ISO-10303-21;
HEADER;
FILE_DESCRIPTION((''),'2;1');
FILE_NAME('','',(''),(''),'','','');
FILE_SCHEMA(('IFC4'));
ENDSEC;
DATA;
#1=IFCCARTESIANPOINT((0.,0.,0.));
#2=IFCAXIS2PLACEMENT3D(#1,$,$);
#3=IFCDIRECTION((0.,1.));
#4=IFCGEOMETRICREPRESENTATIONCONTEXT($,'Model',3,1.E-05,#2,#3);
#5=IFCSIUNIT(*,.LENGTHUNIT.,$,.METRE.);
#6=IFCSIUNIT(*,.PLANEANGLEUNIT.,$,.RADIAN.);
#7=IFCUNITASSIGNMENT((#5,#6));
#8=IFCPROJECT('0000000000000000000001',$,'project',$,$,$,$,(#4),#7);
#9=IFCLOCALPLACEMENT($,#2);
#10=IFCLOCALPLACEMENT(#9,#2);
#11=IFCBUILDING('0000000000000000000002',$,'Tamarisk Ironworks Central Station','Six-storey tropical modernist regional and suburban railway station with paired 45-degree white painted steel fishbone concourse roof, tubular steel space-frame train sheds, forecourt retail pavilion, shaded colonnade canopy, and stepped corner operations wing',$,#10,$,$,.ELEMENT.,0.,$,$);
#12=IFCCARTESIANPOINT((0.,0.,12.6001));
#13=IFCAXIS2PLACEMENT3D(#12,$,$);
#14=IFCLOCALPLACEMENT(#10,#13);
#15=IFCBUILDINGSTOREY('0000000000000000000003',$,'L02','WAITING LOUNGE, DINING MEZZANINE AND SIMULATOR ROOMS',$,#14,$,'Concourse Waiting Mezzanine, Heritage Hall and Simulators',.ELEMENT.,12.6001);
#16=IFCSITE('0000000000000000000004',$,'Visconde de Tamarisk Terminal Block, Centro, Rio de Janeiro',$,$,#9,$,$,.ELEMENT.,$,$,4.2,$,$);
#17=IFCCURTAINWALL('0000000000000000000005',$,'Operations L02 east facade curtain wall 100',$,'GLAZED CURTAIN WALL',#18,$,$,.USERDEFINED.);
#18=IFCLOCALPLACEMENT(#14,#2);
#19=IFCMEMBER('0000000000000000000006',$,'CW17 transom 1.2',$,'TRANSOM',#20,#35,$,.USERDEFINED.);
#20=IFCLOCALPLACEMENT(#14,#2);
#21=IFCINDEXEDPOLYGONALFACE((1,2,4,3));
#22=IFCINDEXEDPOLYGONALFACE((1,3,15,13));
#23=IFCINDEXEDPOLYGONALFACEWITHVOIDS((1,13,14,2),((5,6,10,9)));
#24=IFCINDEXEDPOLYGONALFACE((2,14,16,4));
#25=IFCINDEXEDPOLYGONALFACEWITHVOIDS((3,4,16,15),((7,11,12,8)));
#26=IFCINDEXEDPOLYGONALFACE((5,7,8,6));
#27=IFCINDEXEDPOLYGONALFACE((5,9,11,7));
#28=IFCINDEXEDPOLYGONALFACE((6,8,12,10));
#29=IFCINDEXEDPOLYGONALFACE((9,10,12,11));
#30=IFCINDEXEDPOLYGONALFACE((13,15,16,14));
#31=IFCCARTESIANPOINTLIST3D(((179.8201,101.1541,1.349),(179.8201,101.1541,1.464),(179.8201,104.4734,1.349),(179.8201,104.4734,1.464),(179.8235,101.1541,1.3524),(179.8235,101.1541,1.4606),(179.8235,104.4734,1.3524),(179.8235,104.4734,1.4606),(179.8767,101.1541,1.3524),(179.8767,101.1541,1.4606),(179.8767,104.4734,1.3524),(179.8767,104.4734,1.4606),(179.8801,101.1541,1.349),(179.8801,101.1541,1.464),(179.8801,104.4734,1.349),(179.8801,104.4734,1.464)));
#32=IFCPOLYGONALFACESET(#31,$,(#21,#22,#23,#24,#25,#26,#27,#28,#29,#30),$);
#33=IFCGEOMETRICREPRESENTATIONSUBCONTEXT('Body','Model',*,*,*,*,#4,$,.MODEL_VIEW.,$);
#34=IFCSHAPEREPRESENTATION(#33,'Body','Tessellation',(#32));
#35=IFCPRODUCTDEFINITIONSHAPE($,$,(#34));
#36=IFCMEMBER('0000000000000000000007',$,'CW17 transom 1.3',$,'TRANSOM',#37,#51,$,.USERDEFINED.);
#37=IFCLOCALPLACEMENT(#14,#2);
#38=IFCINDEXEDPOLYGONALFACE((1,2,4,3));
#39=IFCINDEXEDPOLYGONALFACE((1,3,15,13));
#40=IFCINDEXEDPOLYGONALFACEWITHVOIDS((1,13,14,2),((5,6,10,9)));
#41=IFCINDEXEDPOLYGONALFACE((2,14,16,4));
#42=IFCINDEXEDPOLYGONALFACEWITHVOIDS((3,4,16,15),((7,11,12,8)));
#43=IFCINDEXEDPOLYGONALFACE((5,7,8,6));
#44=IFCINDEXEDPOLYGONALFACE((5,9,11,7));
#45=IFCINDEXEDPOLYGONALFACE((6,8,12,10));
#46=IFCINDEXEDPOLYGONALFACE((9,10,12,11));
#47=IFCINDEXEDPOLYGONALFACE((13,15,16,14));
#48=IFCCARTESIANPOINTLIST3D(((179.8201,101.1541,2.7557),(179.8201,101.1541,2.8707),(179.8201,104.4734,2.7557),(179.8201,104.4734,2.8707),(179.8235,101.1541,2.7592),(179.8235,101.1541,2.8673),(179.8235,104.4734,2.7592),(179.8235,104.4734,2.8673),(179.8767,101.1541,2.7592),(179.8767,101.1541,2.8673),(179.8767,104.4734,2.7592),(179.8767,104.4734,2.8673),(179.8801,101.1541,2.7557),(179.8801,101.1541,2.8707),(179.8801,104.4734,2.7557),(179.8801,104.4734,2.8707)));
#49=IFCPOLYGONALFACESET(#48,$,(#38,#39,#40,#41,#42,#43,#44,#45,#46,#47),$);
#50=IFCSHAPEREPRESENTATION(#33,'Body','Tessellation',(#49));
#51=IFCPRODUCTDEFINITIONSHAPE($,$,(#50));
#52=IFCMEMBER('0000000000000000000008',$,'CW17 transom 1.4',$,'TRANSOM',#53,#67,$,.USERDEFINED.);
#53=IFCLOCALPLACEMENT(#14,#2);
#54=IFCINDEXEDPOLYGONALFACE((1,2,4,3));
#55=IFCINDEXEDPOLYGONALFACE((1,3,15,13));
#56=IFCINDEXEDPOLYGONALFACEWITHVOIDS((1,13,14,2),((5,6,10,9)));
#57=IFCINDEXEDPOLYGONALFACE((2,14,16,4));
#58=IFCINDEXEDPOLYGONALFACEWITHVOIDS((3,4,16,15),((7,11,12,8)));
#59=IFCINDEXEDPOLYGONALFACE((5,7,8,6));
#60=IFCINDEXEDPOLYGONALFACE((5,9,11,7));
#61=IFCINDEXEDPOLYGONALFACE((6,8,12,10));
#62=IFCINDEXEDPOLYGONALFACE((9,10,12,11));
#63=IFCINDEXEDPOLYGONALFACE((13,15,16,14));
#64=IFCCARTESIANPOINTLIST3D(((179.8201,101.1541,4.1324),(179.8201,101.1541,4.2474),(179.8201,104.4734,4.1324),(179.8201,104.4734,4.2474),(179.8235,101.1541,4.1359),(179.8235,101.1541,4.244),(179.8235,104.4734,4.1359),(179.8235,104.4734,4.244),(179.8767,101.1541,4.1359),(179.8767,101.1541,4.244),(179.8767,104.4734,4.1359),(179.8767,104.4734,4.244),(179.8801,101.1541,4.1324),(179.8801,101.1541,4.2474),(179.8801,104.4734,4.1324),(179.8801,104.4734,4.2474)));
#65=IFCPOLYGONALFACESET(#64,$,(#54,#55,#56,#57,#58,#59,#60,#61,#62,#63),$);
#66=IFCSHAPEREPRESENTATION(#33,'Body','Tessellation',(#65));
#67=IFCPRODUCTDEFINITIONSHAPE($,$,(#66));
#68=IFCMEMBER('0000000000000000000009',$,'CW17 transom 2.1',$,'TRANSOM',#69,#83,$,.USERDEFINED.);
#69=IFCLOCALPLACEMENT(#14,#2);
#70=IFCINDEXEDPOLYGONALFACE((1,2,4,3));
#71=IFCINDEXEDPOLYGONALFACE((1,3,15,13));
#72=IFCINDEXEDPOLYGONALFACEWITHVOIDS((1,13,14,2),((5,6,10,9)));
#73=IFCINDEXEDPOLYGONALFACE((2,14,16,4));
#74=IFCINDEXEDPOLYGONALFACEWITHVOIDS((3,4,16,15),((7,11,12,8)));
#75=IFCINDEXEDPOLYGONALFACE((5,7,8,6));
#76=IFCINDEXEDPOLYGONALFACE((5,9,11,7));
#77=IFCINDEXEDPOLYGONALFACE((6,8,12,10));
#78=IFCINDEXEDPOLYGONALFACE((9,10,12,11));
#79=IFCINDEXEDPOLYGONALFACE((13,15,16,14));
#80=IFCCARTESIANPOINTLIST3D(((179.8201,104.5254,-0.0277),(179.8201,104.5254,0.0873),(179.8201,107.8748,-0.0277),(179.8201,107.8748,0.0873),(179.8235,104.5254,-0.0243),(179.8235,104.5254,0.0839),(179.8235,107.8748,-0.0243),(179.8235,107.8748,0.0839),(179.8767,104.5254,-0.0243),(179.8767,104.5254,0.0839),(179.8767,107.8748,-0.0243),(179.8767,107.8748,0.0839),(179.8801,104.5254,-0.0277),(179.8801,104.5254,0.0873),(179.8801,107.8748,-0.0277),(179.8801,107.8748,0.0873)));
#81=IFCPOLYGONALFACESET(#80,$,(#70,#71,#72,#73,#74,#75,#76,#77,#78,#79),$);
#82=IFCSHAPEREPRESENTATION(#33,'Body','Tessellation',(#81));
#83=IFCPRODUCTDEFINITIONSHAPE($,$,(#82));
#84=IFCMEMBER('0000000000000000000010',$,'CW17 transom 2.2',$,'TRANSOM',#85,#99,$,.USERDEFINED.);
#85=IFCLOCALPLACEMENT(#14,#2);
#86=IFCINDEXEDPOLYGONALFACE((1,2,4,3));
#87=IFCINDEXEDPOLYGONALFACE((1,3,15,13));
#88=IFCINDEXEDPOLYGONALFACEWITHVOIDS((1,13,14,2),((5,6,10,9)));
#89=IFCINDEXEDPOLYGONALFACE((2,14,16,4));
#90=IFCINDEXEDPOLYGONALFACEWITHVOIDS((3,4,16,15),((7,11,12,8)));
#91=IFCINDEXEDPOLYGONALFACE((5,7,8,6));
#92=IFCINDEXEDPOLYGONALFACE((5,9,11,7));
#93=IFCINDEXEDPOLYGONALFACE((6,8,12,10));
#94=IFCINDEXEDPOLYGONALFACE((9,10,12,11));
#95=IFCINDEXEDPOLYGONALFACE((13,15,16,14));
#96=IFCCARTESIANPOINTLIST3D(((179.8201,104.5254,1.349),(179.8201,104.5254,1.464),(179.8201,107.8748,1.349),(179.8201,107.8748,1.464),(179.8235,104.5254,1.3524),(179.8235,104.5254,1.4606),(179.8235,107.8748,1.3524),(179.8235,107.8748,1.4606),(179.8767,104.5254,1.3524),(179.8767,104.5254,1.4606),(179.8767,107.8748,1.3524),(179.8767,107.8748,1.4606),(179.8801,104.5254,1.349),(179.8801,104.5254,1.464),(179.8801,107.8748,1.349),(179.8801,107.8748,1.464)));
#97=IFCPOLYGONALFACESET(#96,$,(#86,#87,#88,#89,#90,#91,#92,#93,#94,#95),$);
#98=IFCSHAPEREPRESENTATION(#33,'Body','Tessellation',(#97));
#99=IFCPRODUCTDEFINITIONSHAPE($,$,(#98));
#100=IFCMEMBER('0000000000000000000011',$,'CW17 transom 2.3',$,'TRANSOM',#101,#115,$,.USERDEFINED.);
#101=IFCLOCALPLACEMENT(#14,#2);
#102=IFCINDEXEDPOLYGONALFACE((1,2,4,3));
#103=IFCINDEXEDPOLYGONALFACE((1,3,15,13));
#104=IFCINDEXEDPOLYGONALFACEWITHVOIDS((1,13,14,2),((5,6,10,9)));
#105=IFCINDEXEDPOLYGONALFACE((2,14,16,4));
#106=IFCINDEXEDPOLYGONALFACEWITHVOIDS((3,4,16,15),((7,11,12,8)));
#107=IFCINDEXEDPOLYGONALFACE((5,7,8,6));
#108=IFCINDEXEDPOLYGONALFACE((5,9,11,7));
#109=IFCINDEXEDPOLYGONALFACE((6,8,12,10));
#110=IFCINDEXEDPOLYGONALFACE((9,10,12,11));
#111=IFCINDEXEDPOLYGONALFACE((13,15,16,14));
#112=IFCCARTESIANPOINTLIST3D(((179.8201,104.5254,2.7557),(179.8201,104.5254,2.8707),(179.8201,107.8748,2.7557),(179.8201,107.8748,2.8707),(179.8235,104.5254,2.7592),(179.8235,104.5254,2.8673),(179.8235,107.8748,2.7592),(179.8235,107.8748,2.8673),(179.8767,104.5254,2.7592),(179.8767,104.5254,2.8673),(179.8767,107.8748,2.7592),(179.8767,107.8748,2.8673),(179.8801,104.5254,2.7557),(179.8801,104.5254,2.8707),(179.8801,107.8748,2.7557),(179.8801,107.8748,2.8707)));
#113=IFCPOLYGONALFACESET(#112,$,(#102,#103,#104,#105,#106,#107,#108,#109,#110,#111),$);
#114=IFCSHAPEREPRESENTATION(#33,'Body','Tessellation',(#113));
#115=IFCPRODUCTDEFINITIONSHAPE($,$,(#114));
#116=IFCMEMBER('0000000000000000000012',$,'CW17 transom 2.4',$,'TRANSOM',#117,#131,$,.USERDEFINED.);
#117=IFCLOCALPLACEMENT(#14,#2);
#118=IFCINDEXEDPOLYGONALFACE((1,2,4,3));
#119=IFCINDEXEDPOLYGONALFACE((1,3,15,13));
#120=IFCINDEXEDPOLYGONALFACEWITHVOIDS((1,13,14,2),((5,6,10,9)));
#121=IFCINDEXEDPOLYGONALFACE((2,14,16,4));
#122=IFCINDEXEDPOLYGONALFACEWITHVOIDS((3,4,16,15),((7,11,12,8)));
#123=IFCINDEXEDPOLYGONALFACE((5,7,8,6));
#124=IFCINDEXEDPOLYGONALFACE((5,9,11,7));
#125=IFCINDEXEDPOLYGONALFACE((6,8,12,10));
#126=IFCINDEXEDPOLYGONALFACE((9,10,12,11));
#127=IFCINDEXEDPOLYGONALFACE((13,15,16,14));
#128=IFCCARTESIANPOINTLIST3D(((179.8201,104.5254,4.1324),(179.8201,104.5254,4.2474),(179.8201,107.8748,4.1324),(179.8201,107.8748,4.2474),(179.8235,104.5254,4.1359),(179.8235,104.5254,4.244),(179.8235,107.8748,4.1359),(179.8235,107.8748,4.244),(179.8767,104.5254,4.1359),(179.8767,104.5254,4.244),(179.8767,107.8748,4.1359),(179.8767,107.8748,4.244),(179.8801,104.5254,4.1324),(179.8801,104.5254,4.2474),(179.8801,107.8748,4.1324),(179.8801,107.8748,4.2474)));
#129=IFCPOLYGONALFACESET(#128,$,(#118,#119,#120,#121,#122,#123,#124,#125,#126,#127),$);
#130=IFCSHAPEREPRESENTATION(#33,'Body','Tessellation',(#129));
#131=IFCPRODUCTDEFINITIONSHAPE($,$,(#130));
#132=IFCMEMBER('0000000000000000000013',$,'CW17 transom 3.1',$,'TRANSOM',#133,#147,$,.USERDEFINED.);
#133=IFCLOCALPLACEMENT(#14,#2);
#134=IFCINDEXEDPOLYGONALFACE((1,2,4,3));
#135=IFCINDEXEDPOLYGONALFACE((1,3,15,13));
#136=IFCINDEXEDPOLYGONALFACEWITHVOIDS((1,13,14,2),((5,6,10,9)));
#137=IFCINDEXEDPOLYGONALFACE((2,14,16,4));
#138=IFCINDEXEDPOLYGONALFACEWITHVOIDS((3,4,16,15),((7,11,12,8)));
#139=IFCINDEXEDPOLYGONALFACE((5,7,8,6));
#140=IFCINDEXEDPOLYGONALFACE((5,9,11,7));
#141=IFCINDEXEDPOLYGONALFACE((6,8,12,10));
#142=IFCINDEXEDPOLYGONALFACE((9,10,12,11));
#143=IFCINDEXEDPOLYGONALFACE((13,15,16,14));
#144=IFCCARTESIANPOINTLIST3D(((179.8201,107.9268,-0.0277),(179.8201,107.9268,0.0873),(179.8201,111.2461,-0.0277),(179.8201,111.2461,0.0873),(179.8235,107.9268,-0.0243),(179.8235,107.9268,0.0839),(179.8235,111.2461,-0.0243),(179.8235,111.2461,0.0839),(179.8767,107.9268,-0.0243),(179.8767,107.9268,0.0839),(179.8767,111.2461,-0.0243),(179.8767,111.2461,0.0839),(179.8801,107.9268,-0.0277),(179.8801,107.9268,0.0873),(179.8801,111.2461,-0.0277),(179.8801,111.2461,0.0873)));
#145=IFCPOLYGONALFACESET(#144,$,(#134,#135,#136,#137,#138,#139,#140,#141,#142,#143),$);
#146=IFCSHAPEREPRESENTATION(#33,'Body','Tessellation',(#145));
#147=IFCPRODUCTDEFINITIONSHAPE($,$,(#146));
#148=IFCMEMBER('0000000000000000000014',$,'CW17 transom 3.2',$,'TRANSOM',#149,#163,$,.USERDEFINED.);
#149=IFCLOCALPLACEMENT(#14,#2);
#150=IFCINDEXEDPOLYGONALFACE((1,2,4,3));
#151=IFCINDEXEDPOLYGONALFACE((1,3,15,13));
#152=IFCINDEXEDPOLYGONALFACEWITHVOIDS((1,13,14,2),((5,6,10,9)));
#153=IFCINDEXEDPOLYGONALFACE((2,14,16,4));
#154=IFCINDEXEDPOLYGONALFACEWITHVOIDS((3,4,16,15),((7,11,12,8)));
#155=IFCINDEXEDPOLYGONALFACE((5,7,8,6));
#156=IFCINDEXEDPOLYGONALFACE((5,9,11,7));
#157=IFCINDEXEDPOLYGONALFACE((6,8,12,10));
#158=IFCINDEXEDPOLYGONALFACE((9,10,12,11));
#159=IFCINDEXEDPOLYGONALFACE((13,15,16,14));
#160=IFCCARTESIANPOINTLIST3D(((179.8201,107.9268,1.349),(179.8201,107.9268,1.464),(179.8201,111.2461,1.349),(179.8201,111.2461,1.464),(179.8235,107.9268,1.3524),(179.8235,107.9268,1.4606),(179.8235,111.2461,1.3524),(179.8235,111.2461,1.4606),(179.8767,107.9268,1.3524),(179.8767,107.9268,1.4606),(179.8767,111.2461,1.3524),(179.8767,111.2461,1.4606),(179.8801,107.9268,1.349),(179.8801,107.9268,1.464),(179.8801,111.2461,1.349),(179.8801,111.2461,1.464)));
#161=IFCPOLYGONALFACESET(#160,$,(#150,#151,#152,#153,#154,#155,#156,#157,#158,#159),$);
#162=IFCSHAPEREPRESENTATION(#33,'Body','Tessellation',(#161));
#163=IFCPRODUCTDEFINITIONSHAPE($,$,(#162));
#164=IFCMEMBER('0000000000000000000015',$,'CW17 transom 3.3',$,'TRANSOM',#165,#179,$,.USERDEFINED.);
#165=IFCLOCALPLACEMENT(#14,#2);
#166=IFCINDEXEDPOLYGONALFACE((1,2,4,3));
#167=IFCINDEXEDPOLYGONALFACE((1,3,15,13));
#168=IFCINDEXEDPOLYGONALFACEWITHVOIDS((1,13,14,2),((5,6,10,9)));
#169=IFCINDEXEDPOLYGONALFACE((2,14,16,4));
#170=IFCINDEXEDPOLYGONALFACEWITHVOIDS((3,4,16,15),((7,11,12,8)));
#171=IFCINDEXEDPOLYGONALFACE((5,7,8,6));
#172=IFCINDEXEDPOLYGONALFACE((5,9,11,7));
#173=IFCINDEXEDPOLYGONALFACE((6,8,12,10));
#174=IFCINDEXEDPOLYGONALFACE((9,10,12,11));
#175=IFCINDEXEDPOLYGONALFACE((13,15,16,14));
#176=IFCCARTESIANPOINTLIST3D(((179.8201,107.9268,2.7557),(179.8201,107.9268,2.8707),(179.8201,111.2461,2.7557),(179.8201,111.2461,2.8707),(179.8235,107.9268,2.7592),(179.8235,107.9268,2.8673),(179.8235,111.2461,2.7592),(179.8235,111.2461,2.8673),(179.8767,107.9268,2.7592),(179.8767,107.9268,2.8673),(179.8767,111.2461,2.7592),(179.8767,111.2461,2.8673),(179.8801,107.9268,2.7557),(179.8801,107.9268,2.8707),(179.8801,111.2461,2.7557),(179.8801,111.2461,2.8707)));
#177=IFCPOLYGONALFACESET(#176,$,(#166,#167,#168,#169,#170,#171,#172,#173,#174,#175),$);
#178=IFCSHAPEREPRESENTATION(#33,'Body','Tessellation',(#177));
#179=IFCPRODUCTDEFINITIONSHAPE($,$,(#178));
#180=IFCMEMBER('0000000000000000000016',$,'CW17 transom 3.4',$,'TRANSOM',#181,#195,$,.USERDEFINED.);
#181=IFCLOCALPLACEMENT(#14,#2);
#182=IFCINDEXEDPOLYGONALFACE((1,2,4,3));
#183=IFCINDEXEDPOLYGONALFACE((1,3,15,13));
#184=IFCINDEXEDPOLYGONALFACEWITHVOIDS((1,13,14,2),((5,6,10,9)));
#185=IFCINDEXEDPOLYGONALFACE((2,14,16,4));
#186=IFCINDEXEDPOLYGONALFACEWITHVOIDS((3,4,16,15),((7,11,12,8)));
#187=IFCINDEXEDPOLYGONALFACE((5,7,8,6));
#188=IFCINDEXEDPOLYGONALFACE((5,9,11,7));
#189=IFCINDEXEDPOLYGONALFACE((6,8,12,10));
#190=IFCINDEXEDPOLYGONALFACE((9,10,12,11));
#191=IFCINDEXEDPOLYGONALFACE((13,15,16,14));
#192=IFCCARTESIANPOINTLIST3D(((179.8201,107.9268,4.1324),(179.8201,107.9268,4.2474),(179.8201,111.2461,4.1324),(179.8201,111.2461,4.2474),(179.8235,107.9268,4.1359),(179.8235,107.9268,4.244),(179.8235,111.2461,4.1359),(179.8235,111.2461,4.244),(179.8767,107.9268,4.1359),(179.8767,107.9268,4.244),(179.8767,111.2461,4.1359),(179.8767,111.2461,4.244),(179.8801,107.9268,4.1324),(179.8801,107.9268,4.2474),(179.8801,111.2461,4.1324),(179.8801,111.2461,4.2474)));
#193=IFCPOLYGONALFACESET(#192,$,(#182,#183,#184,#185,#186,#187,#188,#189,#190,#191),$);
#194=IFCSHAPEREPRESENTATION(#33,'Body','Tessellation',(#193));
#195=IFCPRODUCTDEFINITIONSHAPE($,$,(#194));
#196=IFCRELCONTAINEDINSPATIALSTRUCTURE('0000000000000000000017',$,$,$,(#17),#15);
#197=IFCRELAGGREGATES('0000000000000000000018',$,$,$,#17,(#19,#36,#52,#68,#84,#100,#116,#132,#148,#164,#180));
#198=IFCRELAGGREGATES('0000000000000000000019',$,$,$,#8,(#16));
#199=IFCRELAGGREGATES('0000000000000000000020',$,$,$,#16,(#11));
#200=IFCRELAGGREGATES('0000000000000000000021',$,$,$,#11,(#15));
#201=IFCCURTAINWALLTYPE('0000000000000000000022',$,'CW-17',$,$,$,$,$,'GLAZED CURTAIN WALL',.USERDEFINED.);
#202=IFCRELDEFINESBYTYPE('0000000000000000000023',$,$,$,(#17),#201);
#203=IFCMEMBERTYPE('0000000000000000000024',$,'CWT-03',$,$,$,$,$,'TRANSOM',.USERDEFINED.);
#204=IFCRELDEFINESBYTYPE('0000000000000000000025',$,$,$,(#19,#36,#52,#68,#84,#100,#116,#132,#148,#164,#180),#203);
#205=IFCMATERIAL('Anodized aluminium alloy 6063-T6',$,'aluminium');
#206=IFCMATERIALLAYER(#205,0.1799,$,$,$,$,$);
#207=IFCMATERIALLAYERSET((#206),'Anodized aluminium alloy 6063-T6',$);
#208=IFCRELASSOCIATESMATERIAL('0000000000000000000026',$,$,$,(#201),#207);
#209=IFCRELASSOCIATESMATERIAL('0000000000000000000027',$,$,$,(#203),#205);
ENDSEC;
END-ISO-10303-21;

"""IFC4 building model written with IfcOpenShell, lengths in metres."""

from ifc_helpers import new_model, si_unit, direction, frame, origin, origin_2d, place, context, subcontext, project, spatial, hollow_rectangle, extrude, material, layer, layer_set, material_profile, profile_set, type_object, element, aggregate, save


model = new_model("IFC4")

# Units and contexts
model_context = context("Model", 3, precision=1e-05, world=origin(), true_north=direction((0.0, 1.0)))
body_context = subcontext(model_context, "Body", "Model", "MODEL_VIEW")
ifc_project = project(units=[si_unit("LENGTHUNIT", "METRE"), si_unit("PLANEANGLEUNIT", "RADIAN")], contexts=[model_context])

# Site, building, storey
site_placement = place(None, origin())
site = spatial("IfcSite", under=ifc_project, at=site_placement, Name="Visconde de Tamarisk Terminal Block, Centro, Rio de Janeiro", CompositionType="ELEMENT", RefElevation=4.2)
building_placement = place(site_placement, origin())
building = spatial("IfcBuilding", under=site, at=building_placement, Name="Tamarisk Ironworks Central Station", Description="Six-storey tropical modernist regional and suburban railway station with paired 45-degree white painted steel fishbone concourse roof, tubular steel space-frame train sheds, forecourt retail pavilion, shaded colonnade canopy, and stepped corner operations wing", CompositionType="ELEMENT", ElevationOfRefHeight=0.0)
storey_placement = place(building_placement, frame((0.0, 0.0, 12.6001)))
storey = spatial("IfcBuildingStorey", under=building, at=storey_placement, Name="L02", Description="WAITING LOUNGE, DINING MEZZANINE AND SIMULATOR ROOMS", LongName="Concourse Waiting Mezzanine, Heritage Hall and Simulators", CompositionType="ELEMENT", Elevation=12.6001)

# Shared definitions
ifc_material_1 = material(Name="Anodized aluminium alloy 6063-T6", Category="aluminium")
ifc_layer_1 = layer(ifc_material_1, 0.1799)
ifc_layer_set_1 = layer_set([ifc_layer_1], Name="Anodized aluminium alloy 6063-T6")
curtain_wall_type = type_object("IfcCurtainWallType", Name="CW-17", ElementType="GLAZED CURTAIN WALL", PredefinedType="USERDEFINED", material=ifc_layer_set_1)

# Curtain wall, members
curtain_wall_1_placement = place(storey_placement, origin())
curtain_wall_1 = element("IfcCurtainWall", 1, at=curtain_wall_1_placement, inside=storey, type_object=curtain_wall_type, Name="Operations L02 east facade curtain wall 100", ObjectType="GLAZED CURTAIN WALL", PredefinedType="USERDEFINED")
ifc_material_profile_1 = material_profile(ifc_material_1, hollow_rectangle(XDim=0.0601, YDim=0.115, WallThickness=0.0034, at=origin_2d()), Name="ALUM 115x60")
ifc_profile_set_1 = profile_set([ifc_material_profile_1], Name="Anodized aluminium alloy 6063-T6")
member_type_1 = type_object("IfcMemberType", Name="CWT-03", ElementType="TRANSOM", PredefinedType="USERDEFINED", material=ifc_profile_set_1)
member_1_placement = place(storey_placement, frame((179.8501, 101.1541, 1.4065), z_axis=(0.0, 1.0, 0.0), x_axis=(-1.0, 0.0, 0.0)))
member_1 = element("IfcMember", 2, at=member_1_placement, type_object=member_type_1, Name="CW17 transom 1.2", ObjectType="TRANSOM", PredefinedType="USERDEFINED", context=body_context, shape_type="SweptSolid", body=[
    extrude(hollow_rectangle(XDim=0.0601, YDim=0.115, WallThickness=0.0034, at=origin_2d()), origin(), (0.0, 0.0, 1.0), 3.3193),
])
member_2_placement = place(storey_placement, frame((179.8501, 101.1541, 2.8132), z_axis=(0.0, 1.0, 0.0), x_axis=(-1.0, 0.0, 0.0)))
member_2 = element("IfcMember", 3, at=member_2_placement, type_object=member_type_1, Name="CW17 transom 1.3", ObjectType="TRANSOM", PredefinedType="USERDEFINED", context=body_context, shape_type="SweptSolid", body=[
    extrude(hollow_rectangle(XDim=0.0601, YDim=0.115, WallThickness=0.0034, at=origin_2d()), origin(), (0.0, 0.0, 1.0), 3.3193),
])
member_3_placement = place(storey_placement, frame((179.8501, 101.1541, 4.1899), z_axis=(0.0, 1.0, 0.0), x_axis=(-1.0, 0.0, 0.0)))
member_3 = element("IfcMember", 4, at=member_3_placement, type_object=member_type_1, Name="CW17 transom 1.4", ObjectType="TRANSOM", PredefinedType="USERDEFINED", context=body_context, shape_type="SweptSolid", body=[
    extrude(hollow_rectangle(XDim=0.0601, YDim=0.115, WallThickness=0.0034, at=origin_2d()), origin(), (0.0, 0.0, 1.0), 3.3193),
])
member_4_placement = place(storey_placement, frame((179.8501, 104.5254, 0.0298), z_axis=(0.0, 1.0, 0.0), x_axis=(-1.0, 0.0, 0.0)))
member_4 = element("IfcMember", 5, at=member_4_placement, type_object=member_type_1, Name="CW17 transom 2.1", ObjectType="TRANSOM", PredefinedType="USERDEFINED", context=body_context, shape_type="SweptSolid", body=[
    extrude(hollow_rectangle(XDim=0.0601, YDim=0.115, WallThickness=0.0034, at=origin_2d()), origin(), (0.0, 0.0, 1.0), 3.3494),
])
member_5_placement = place(storey_placement, frame((179.8501, 104.5254, 1.4065), z_axis=(0.0, 1.0, 0.0), x_axis=(-1.0, 0.0, 0.0)))
member_5 = element("IfcMember", 6, at=member_5_placement, type_object=member_type_1, Name="CW17 transom 2.2", ObjectType="TRANSOM", PredefinedType="USERDEFINED", context=body_context, shape_type="SweptSolid", body=[
    extrude(hollow_rectangle(XDim=0.0601, YDim=0.115, WallThickness=0.0034, at=origin_2d()), origin(), (0.0, 0.0, 1.0), 3.3494),
])
member_6_placement = place(storey_placement, frame((179.8501, 104.5254, 2.8132), z_axis=(0.0, 1.0, 0.0), x_axis=(-1.0, 0.0, 0.0)))
member_6 = element("IfcMember", 7, at=member_6_placement, type_object=member_type_1, Name="CW17 transom 2.3", ObjectType="TRANSOM", PredefinedType="USERDEFINED", context=body_context, shape_type="SweptSolid", body=[
    extrude(hollow_rectangle(XDim=0.0601, YDim=0.115, WallThickness=0.0034, at=origin_2d()), origin(), (0.0, 0.0, 1.0), 3.3494),
])
member_7_placement = place(storey_placement, frame((179.8501, 104.5254, 4.1899), z_axis=(0.0, 1.0, 0.0), x_axis=(-1.0, 0.0, 0.0)))
member_7 = element("IfcMember", 8, at=member_7_placement, type_object=member_type_1, Name="CW17 transom 2.4", ObjectType="TRANSOM", PredefinedType="USERDEFINED", context=body_context, shape_type="SweptSolid", body=[
    extrude(hollow_rectangle(XDim=0.0601, YDim=0.115, WallThickness=0.0034, at=origin_2d()), origin(), (0.0, 0.0, 1.0), 3.3494),
])
member_8_placement = place(storey_placement, frame((179.8501, 107.9268, 0.0298), z_axis=(0.0, 1.0, 0.0), x_axis=(-1.0, 0.0, 0.0)))
member_8 = element("IfcMember", 9, at=member_8_placement, type_object=member_type_1, Name="CW17 transom 3.1", ObjectType="TRANSOM", PredefinedType="USERDEFINED", context=body_context, shape_type="SweptSolid", body=[
    extrude(hollow_rectangle(XDim=0.0601, YDim=0.115, WallThickness=0.0034, at=origin_2d()), origin(), (0.0, 0.0, 1.0), 3.3193),
])
member_9_placement = place(storey_placement, frame((179.8501, 107.9268, 1.4065), z_axis=(0.0, 1.0, 0.0), x_axis=(-1.0, 0.0, 0.0)))
member_9 = element("IfcMember", 10, at=member_9_placement, type_object=member_type_1, Name="CW17 transom 3.2", ObjectType="TRANSOM", PredefinedType="USERDEFINED", context=body_context, shape_type="SweptSolid", body=[
    extrude(hollow_rectangle(XDim=0.0601, YDim=0.115, WallThickness=0.0034, at=origin_2d()), origin(), (0.0, 0.0, 1.0), 3.3193),
])
member_10_placement = place(storey_placement, frame((179.8501, 107.9268, 2.8132), z_axis=(0.0, 1.0, 0.0), x_axis=(-1.0, 0.0, 0.0)))
member_10 = element("IfcMember", 11, at=member_10_placement, type_object=member_type_1, Name="CW17 transom 3.3", ObjectType="TRANSOM", PredefinedType="USERDEFINED", context=body_context, shape_type="SweptSolid", body=[
    extrude(hollow_rectangle(XDim=0.0601, YDim=0.115, WallThickness=0.0034, at=origin_2d()), origin(), (0.0, 0.0, 1.0), 3.3193),
])
member_11_placement = place(storey_placement, frame((179.8501, 107.9268, 4.1899), z_axis=(0.0, 1.0, 0.0), x_axis=(-1.0, 0.0, 0.0)))
member_11 = element("IfcMember", 12, at=member_11_placement, type_object=member_type_1, Name="CW17 transom 3.4", ObjectType="TRANSOM", PredefinedType="USERDEFINED", context=body_context, shape_type="SweptSolid", body=[
    extrude(hollow_rectangle(XDim=0.0601, YDim=0.115, WallThickness=0.0034, at=origin_2d()), origin(), (0.0, 0.0, 1.0), 3.3193),
])

aggregate(curtain_wall_1, [member_1, member_2, member_3, member_4, member_5, member_6, member_7, member_8, member_9, member_10, member_11])

save(model, "model.ifc")
